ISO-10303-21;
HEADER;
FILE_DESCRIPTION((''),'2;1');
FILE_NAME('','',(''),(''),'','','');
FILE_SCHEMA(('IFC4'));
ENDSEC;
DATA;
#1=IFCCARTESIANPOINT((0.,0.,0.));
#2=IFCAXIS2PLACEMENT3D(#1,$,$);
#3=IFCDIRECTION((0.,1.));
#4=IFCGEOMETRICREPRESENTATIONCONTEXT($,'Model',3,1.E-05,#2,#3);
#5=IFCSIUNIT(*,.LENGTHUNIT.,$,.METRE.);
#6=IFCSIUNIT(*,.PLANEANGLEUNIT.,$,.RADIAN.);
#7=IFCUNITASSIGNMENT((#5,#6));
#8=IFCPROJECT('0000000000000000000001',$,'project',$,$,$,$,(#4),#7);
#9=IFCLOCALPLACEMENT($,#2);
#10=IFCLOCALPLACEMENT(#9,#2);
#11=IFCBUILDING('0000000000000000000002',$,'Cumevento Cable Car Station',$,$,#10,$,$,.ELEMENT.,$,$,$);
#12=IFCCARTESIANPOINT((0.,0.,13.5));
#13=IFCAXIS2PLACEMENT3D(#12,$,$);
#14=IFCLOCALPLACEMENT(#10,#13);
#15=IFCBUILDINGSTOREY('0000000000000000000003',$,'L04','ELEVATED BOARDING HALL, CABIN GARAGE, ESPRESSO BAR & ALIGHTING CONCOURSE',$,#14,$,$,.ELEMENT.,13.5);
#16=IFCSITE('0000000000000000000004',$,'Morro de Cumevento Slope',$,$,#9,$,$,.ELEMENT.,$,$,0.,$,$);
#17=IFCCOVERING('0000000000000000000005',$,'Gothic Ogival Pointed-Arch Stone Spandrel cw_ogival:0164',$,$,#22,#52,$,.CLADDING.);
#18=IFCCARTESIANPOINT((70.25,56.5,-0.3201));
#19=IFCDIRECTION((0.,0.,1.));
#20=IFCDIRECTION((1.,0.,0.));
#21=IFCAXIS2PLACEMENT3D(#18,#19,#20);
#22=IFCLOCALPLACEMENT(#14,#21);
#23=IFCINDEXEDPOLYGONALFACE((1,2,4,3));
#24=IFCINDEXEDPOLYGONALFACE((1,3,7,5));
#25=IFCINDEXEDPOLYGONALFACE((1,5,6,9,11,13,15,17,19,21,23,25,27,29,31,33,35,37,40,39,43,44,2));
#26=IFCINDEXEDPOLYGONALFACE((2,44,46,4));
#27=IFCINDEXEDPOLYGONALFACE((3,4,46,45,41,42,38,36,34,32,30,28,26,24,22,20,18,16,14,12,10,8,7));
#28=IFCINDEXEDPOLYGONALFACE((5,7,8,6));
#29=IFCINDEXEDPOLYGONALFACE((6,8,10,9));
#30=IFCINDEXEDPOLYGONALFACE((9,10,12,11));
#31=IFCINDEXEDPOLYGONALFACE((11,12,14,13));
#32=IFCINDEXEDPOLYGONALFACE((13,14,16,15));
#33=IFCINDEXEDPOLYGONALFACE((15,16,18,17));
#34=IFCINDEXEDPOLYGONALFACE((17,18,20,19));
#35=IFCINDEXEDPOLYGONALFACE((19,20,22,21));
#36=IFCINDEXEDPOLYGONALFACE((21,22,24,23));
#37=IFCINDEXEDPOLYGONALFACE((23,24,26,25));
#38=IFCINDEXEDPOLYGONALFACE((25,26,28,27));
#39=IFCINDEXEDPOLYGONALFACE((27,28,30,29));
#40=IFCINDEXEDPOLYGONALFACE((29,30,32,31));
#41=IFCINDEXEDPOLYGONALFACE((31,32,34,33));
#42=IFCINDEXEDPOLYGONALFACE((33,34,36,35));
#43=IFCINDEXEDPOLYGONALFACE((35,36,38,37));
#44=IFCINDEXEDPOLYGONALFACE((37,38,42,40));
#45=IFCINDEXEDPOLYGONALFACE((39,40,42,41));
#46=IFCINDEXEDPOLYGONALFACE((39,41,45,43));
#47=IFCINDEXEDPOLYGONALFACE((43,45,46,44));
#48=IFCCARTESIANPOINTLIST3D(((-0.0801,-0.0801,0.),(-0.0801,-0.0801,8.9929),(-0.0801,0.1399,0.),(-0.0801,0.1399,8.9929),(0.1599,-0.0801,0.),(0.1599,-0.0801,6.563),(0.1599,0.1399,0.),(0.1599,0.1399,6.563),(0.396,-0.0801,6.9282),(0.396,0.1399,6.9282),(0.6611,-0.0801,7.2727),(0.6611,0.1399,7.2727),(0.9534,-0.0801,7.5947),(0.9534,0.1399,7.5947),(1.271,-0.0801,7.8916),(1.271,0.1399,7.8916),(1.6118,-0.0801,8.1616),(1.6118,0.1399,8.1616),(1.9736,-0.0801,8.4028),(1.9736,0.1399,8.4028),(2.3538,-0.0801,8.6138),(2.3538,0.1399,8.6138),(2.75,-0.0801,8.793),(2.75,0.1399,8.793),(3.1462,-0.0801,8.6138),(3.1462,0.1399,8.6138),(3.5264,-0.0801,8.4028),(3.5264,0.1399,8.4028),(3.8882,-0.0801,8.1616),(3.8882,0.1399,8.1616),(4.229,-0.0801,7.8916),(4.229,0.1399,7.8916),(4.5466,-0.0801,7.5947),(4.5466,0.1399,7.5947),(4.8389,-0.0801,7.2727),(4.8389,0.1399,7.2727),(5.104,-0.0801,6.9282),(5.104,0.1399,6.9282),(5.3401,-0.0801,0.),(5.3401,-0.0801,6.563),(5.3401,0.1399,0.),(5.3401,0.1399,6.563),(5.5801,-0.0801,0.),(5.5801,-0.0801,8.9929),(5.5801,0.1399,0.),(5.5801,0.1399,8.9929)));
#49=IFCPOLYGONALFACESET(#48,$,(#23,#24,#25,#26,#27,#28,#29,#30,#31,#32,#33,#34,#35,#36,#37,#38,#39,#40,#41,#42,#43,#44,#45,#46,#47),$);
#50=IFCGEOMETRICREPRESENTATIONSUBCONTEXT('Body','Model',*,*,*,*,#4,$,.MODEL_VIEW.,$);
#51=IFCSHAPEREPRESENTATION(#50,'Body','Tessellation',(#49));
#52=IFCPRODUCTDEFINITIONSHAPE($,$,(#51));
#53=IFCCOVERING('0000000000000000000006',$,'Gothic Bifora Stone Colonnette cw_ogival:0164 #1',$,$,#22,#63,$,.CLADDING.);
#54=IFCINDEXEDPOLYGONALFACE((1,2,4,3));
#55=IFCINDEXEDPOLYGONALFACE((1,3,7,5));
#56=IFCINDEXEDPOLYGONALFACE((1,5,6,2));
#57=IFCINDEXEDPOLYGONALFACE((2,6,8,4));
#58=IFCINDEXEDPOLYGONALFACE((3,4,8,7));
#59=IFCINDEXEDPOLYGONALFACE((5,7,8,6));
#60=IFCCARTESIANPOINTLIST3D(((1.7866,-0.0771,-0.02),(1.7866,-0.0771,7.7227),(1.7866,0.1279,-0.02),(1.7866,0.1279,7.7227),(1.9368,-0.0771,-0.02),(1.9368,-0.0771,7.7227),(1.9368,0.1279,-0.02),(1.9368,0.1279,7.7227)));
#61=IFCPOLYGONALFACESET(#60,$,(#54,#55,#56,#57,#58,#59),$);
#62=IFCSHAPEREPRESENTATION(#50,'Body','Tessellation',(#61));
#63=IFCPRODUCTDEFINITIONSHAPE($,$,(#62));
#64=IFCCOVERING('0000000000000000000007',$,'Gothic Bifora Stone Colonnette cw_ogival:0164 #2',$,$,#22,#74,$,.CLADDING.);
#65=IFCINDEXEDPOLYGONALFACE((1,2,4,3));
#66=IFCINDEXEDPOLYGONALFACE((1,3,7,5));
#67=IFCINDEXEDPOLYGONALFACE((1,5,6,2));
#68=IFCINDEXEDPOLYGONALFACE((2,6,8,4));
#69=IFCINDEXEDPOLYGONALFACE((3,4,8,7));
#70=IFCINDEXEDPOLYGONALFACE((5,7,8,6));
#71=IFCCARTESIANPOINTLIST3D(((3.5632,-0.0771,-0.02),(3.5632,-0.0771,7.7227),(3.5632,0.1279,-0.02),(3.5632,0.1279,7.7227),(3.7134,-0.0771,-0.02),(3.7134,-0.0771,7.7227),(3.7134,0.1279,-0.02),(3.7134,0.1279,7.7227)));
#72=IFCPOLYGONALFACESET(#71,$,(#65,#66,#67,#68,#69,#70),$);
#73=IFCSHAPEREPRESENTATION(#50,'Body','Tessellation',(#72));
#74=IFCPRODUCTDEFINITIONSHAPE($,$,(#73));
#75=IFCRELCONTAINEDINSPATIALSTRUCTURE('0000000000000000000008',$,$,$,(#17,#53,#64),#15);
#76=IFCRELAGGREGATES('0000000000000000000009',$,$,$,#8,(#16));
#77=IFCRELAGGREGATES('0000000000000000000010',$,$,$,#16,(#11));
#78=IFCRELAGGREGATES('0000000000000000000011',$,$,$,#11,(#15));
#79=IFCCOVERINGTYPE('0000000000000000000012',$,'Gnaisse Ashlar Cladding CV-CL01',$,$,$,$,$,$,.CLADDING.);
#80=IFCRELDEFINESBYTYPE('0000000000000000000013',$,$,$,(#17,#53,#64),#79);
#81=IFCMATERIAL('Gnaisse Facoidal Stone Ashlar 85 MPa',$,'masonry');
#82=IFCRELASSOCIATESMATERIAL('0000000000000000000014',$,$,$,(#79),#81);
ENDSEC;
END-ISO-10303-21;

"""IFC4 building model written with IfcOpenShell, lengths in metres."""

from ifc_helpers import new_model, si_unit, direction, frame, origin, place, context, subcontext, project, spatial, polyline, outline, extrude, material, type_object, element, save


model = new_model("IFC4")

# Units and contexts
model_context = context("Model", 3, precision=1e-05, world=origin(), true_north=direction((0.0, 1.0)))
body_context = subcontext(model_context, "Body", "Model", "MODEL_VIEW")
ifc_project = project(units=[si_unit("LENGTHUNIT", "METRE"), si_unit("PLANEANGLEUNIT", "RADIAN")], contexts=[model_context])

# Site, building, storey
site_placement = place(None, origin())
site = spatial("IfcSite", under=ifc_project, at=site_placement, Name="Morro de Cumevento Slope", CompositionType="ELEMENT", RefElevation=0.0)
building_placement = place(site_placement, origin())
building = spatial("IfcBuilding", under=site, at=building_placement, Name="Cumevento Cable Car Station", CompositionType="ELEMENT")
storey_placement = place(building_placement, frame((0.0, 0.0, 13.5)))
storey = spatial("IfcBuildingStorey", under=building, at=storey_placement, Name="L04", Description="ELEVATED BOARDING HALL, CABIN GARAGE, ESPRESSO BAR & ALIGHTING CONCOURSE", CompositionType="ELEMENT", Elevation=13.5)

# Coverings
ifc_material_1 = material(Name="Gnaisse Facoidal Stone Ashlar 85 MPa", Category="masonry")
covering_type = type_object("IfcCoveringType", Name="Gnaisse Ashlar Cladding CV-CL01", PredefinedType="CLADDING", material=ifc_material_1)
placement = place(storey_placement, frame((70.25, 56.5, -0.3201), z_axis=(0.0, 0.0, 1.0), x_axis=(1.0, 0.0, 0.0)))
element("IfcCovering", 1, at=placement, inside=storey, type_object=covering_type, Name="Gothic Ogival Pointed-Arch Stone Spandrel cw_ogival:0164", PredefinedType="CLADDING", context=body_context, shape_type="SweptSolid", body=[
    extrude(outline(polyline([(-0.0801, 0.0), (-0.0801, 8.9929), (5.5801, 8.9929), (5.5801, 0.0), (5.3401, 0.0), (5.3401, 6.563), (5.104, 6.9282), (4.8389, 7.2727), (4.5466, 7.5947), (4.229, 7.8916), (3.8882, 8.1616), (3.5264, 8.4028), (3.1462, 8.6138), (2.75, 8.793), (2.3538, 8.6138), (1.9736, 8.4028), (1.6118, 8.1616), (1.271, 7.8916), (0.9534, 7.5947), (0.6611, 7.2727), (0.396, 6.9282), (0.1599, 6.563), (0.1599, 0.0), (-0.0801, 0.0)])), frame((0.0, 0.1399, 0.0), z_axis=(0.0, -1.0, 0.0), x_axis=(1.0, 0.0, 0.0)), (0.0, 0.0, 1.0), 0.22),
])
element("IfcCovering", 2, at=placement, inside=storey, type_object=covering_type, Name="Gothic Bifora Stone Colonnette cw_ogival:0164 #1", PredefinedType="CLADDING", context=body_context, shape_type="SweptSolid", body=[
    extrude(outline(polyline([(1.7866, -0.02), (1.9368, -0.02), (1.9368, 7.7227), (1.7866, 7.7227), (1.7866, -0.02)])), frame((0.0, 0.1279, 0.0), z_axis=(0.0, -1.0, 0.0), x_axis=(1.0, 0.0, 0.0)), (0.0, 0.0, 1.0), 0.2051),
])
element("IfcCovering", 3, at=placement, inside=storey, type_object=covering_type, Name="Gothic Bifora Stone Colonnette cw_ogival:0164 #2", PredefinedType="CLADDING", context=body_context, shape_type="SweptSolid", body=[
    extrude(outline(polyline([(3.5632, -0.02), (3.7134, -0.02), (3.7134, 7.7227), (3.5632, 7.7227), (3.5632, -0.02)])), frame((0.0, 0.1279, 0.0), z_axis=(0.0, -1.0, 0.0), x_axis=(1.0, 0.0, 0.0)), (0.0, 0.0, 1.0), 0.2051),
])

save(model, "model.ifc")
